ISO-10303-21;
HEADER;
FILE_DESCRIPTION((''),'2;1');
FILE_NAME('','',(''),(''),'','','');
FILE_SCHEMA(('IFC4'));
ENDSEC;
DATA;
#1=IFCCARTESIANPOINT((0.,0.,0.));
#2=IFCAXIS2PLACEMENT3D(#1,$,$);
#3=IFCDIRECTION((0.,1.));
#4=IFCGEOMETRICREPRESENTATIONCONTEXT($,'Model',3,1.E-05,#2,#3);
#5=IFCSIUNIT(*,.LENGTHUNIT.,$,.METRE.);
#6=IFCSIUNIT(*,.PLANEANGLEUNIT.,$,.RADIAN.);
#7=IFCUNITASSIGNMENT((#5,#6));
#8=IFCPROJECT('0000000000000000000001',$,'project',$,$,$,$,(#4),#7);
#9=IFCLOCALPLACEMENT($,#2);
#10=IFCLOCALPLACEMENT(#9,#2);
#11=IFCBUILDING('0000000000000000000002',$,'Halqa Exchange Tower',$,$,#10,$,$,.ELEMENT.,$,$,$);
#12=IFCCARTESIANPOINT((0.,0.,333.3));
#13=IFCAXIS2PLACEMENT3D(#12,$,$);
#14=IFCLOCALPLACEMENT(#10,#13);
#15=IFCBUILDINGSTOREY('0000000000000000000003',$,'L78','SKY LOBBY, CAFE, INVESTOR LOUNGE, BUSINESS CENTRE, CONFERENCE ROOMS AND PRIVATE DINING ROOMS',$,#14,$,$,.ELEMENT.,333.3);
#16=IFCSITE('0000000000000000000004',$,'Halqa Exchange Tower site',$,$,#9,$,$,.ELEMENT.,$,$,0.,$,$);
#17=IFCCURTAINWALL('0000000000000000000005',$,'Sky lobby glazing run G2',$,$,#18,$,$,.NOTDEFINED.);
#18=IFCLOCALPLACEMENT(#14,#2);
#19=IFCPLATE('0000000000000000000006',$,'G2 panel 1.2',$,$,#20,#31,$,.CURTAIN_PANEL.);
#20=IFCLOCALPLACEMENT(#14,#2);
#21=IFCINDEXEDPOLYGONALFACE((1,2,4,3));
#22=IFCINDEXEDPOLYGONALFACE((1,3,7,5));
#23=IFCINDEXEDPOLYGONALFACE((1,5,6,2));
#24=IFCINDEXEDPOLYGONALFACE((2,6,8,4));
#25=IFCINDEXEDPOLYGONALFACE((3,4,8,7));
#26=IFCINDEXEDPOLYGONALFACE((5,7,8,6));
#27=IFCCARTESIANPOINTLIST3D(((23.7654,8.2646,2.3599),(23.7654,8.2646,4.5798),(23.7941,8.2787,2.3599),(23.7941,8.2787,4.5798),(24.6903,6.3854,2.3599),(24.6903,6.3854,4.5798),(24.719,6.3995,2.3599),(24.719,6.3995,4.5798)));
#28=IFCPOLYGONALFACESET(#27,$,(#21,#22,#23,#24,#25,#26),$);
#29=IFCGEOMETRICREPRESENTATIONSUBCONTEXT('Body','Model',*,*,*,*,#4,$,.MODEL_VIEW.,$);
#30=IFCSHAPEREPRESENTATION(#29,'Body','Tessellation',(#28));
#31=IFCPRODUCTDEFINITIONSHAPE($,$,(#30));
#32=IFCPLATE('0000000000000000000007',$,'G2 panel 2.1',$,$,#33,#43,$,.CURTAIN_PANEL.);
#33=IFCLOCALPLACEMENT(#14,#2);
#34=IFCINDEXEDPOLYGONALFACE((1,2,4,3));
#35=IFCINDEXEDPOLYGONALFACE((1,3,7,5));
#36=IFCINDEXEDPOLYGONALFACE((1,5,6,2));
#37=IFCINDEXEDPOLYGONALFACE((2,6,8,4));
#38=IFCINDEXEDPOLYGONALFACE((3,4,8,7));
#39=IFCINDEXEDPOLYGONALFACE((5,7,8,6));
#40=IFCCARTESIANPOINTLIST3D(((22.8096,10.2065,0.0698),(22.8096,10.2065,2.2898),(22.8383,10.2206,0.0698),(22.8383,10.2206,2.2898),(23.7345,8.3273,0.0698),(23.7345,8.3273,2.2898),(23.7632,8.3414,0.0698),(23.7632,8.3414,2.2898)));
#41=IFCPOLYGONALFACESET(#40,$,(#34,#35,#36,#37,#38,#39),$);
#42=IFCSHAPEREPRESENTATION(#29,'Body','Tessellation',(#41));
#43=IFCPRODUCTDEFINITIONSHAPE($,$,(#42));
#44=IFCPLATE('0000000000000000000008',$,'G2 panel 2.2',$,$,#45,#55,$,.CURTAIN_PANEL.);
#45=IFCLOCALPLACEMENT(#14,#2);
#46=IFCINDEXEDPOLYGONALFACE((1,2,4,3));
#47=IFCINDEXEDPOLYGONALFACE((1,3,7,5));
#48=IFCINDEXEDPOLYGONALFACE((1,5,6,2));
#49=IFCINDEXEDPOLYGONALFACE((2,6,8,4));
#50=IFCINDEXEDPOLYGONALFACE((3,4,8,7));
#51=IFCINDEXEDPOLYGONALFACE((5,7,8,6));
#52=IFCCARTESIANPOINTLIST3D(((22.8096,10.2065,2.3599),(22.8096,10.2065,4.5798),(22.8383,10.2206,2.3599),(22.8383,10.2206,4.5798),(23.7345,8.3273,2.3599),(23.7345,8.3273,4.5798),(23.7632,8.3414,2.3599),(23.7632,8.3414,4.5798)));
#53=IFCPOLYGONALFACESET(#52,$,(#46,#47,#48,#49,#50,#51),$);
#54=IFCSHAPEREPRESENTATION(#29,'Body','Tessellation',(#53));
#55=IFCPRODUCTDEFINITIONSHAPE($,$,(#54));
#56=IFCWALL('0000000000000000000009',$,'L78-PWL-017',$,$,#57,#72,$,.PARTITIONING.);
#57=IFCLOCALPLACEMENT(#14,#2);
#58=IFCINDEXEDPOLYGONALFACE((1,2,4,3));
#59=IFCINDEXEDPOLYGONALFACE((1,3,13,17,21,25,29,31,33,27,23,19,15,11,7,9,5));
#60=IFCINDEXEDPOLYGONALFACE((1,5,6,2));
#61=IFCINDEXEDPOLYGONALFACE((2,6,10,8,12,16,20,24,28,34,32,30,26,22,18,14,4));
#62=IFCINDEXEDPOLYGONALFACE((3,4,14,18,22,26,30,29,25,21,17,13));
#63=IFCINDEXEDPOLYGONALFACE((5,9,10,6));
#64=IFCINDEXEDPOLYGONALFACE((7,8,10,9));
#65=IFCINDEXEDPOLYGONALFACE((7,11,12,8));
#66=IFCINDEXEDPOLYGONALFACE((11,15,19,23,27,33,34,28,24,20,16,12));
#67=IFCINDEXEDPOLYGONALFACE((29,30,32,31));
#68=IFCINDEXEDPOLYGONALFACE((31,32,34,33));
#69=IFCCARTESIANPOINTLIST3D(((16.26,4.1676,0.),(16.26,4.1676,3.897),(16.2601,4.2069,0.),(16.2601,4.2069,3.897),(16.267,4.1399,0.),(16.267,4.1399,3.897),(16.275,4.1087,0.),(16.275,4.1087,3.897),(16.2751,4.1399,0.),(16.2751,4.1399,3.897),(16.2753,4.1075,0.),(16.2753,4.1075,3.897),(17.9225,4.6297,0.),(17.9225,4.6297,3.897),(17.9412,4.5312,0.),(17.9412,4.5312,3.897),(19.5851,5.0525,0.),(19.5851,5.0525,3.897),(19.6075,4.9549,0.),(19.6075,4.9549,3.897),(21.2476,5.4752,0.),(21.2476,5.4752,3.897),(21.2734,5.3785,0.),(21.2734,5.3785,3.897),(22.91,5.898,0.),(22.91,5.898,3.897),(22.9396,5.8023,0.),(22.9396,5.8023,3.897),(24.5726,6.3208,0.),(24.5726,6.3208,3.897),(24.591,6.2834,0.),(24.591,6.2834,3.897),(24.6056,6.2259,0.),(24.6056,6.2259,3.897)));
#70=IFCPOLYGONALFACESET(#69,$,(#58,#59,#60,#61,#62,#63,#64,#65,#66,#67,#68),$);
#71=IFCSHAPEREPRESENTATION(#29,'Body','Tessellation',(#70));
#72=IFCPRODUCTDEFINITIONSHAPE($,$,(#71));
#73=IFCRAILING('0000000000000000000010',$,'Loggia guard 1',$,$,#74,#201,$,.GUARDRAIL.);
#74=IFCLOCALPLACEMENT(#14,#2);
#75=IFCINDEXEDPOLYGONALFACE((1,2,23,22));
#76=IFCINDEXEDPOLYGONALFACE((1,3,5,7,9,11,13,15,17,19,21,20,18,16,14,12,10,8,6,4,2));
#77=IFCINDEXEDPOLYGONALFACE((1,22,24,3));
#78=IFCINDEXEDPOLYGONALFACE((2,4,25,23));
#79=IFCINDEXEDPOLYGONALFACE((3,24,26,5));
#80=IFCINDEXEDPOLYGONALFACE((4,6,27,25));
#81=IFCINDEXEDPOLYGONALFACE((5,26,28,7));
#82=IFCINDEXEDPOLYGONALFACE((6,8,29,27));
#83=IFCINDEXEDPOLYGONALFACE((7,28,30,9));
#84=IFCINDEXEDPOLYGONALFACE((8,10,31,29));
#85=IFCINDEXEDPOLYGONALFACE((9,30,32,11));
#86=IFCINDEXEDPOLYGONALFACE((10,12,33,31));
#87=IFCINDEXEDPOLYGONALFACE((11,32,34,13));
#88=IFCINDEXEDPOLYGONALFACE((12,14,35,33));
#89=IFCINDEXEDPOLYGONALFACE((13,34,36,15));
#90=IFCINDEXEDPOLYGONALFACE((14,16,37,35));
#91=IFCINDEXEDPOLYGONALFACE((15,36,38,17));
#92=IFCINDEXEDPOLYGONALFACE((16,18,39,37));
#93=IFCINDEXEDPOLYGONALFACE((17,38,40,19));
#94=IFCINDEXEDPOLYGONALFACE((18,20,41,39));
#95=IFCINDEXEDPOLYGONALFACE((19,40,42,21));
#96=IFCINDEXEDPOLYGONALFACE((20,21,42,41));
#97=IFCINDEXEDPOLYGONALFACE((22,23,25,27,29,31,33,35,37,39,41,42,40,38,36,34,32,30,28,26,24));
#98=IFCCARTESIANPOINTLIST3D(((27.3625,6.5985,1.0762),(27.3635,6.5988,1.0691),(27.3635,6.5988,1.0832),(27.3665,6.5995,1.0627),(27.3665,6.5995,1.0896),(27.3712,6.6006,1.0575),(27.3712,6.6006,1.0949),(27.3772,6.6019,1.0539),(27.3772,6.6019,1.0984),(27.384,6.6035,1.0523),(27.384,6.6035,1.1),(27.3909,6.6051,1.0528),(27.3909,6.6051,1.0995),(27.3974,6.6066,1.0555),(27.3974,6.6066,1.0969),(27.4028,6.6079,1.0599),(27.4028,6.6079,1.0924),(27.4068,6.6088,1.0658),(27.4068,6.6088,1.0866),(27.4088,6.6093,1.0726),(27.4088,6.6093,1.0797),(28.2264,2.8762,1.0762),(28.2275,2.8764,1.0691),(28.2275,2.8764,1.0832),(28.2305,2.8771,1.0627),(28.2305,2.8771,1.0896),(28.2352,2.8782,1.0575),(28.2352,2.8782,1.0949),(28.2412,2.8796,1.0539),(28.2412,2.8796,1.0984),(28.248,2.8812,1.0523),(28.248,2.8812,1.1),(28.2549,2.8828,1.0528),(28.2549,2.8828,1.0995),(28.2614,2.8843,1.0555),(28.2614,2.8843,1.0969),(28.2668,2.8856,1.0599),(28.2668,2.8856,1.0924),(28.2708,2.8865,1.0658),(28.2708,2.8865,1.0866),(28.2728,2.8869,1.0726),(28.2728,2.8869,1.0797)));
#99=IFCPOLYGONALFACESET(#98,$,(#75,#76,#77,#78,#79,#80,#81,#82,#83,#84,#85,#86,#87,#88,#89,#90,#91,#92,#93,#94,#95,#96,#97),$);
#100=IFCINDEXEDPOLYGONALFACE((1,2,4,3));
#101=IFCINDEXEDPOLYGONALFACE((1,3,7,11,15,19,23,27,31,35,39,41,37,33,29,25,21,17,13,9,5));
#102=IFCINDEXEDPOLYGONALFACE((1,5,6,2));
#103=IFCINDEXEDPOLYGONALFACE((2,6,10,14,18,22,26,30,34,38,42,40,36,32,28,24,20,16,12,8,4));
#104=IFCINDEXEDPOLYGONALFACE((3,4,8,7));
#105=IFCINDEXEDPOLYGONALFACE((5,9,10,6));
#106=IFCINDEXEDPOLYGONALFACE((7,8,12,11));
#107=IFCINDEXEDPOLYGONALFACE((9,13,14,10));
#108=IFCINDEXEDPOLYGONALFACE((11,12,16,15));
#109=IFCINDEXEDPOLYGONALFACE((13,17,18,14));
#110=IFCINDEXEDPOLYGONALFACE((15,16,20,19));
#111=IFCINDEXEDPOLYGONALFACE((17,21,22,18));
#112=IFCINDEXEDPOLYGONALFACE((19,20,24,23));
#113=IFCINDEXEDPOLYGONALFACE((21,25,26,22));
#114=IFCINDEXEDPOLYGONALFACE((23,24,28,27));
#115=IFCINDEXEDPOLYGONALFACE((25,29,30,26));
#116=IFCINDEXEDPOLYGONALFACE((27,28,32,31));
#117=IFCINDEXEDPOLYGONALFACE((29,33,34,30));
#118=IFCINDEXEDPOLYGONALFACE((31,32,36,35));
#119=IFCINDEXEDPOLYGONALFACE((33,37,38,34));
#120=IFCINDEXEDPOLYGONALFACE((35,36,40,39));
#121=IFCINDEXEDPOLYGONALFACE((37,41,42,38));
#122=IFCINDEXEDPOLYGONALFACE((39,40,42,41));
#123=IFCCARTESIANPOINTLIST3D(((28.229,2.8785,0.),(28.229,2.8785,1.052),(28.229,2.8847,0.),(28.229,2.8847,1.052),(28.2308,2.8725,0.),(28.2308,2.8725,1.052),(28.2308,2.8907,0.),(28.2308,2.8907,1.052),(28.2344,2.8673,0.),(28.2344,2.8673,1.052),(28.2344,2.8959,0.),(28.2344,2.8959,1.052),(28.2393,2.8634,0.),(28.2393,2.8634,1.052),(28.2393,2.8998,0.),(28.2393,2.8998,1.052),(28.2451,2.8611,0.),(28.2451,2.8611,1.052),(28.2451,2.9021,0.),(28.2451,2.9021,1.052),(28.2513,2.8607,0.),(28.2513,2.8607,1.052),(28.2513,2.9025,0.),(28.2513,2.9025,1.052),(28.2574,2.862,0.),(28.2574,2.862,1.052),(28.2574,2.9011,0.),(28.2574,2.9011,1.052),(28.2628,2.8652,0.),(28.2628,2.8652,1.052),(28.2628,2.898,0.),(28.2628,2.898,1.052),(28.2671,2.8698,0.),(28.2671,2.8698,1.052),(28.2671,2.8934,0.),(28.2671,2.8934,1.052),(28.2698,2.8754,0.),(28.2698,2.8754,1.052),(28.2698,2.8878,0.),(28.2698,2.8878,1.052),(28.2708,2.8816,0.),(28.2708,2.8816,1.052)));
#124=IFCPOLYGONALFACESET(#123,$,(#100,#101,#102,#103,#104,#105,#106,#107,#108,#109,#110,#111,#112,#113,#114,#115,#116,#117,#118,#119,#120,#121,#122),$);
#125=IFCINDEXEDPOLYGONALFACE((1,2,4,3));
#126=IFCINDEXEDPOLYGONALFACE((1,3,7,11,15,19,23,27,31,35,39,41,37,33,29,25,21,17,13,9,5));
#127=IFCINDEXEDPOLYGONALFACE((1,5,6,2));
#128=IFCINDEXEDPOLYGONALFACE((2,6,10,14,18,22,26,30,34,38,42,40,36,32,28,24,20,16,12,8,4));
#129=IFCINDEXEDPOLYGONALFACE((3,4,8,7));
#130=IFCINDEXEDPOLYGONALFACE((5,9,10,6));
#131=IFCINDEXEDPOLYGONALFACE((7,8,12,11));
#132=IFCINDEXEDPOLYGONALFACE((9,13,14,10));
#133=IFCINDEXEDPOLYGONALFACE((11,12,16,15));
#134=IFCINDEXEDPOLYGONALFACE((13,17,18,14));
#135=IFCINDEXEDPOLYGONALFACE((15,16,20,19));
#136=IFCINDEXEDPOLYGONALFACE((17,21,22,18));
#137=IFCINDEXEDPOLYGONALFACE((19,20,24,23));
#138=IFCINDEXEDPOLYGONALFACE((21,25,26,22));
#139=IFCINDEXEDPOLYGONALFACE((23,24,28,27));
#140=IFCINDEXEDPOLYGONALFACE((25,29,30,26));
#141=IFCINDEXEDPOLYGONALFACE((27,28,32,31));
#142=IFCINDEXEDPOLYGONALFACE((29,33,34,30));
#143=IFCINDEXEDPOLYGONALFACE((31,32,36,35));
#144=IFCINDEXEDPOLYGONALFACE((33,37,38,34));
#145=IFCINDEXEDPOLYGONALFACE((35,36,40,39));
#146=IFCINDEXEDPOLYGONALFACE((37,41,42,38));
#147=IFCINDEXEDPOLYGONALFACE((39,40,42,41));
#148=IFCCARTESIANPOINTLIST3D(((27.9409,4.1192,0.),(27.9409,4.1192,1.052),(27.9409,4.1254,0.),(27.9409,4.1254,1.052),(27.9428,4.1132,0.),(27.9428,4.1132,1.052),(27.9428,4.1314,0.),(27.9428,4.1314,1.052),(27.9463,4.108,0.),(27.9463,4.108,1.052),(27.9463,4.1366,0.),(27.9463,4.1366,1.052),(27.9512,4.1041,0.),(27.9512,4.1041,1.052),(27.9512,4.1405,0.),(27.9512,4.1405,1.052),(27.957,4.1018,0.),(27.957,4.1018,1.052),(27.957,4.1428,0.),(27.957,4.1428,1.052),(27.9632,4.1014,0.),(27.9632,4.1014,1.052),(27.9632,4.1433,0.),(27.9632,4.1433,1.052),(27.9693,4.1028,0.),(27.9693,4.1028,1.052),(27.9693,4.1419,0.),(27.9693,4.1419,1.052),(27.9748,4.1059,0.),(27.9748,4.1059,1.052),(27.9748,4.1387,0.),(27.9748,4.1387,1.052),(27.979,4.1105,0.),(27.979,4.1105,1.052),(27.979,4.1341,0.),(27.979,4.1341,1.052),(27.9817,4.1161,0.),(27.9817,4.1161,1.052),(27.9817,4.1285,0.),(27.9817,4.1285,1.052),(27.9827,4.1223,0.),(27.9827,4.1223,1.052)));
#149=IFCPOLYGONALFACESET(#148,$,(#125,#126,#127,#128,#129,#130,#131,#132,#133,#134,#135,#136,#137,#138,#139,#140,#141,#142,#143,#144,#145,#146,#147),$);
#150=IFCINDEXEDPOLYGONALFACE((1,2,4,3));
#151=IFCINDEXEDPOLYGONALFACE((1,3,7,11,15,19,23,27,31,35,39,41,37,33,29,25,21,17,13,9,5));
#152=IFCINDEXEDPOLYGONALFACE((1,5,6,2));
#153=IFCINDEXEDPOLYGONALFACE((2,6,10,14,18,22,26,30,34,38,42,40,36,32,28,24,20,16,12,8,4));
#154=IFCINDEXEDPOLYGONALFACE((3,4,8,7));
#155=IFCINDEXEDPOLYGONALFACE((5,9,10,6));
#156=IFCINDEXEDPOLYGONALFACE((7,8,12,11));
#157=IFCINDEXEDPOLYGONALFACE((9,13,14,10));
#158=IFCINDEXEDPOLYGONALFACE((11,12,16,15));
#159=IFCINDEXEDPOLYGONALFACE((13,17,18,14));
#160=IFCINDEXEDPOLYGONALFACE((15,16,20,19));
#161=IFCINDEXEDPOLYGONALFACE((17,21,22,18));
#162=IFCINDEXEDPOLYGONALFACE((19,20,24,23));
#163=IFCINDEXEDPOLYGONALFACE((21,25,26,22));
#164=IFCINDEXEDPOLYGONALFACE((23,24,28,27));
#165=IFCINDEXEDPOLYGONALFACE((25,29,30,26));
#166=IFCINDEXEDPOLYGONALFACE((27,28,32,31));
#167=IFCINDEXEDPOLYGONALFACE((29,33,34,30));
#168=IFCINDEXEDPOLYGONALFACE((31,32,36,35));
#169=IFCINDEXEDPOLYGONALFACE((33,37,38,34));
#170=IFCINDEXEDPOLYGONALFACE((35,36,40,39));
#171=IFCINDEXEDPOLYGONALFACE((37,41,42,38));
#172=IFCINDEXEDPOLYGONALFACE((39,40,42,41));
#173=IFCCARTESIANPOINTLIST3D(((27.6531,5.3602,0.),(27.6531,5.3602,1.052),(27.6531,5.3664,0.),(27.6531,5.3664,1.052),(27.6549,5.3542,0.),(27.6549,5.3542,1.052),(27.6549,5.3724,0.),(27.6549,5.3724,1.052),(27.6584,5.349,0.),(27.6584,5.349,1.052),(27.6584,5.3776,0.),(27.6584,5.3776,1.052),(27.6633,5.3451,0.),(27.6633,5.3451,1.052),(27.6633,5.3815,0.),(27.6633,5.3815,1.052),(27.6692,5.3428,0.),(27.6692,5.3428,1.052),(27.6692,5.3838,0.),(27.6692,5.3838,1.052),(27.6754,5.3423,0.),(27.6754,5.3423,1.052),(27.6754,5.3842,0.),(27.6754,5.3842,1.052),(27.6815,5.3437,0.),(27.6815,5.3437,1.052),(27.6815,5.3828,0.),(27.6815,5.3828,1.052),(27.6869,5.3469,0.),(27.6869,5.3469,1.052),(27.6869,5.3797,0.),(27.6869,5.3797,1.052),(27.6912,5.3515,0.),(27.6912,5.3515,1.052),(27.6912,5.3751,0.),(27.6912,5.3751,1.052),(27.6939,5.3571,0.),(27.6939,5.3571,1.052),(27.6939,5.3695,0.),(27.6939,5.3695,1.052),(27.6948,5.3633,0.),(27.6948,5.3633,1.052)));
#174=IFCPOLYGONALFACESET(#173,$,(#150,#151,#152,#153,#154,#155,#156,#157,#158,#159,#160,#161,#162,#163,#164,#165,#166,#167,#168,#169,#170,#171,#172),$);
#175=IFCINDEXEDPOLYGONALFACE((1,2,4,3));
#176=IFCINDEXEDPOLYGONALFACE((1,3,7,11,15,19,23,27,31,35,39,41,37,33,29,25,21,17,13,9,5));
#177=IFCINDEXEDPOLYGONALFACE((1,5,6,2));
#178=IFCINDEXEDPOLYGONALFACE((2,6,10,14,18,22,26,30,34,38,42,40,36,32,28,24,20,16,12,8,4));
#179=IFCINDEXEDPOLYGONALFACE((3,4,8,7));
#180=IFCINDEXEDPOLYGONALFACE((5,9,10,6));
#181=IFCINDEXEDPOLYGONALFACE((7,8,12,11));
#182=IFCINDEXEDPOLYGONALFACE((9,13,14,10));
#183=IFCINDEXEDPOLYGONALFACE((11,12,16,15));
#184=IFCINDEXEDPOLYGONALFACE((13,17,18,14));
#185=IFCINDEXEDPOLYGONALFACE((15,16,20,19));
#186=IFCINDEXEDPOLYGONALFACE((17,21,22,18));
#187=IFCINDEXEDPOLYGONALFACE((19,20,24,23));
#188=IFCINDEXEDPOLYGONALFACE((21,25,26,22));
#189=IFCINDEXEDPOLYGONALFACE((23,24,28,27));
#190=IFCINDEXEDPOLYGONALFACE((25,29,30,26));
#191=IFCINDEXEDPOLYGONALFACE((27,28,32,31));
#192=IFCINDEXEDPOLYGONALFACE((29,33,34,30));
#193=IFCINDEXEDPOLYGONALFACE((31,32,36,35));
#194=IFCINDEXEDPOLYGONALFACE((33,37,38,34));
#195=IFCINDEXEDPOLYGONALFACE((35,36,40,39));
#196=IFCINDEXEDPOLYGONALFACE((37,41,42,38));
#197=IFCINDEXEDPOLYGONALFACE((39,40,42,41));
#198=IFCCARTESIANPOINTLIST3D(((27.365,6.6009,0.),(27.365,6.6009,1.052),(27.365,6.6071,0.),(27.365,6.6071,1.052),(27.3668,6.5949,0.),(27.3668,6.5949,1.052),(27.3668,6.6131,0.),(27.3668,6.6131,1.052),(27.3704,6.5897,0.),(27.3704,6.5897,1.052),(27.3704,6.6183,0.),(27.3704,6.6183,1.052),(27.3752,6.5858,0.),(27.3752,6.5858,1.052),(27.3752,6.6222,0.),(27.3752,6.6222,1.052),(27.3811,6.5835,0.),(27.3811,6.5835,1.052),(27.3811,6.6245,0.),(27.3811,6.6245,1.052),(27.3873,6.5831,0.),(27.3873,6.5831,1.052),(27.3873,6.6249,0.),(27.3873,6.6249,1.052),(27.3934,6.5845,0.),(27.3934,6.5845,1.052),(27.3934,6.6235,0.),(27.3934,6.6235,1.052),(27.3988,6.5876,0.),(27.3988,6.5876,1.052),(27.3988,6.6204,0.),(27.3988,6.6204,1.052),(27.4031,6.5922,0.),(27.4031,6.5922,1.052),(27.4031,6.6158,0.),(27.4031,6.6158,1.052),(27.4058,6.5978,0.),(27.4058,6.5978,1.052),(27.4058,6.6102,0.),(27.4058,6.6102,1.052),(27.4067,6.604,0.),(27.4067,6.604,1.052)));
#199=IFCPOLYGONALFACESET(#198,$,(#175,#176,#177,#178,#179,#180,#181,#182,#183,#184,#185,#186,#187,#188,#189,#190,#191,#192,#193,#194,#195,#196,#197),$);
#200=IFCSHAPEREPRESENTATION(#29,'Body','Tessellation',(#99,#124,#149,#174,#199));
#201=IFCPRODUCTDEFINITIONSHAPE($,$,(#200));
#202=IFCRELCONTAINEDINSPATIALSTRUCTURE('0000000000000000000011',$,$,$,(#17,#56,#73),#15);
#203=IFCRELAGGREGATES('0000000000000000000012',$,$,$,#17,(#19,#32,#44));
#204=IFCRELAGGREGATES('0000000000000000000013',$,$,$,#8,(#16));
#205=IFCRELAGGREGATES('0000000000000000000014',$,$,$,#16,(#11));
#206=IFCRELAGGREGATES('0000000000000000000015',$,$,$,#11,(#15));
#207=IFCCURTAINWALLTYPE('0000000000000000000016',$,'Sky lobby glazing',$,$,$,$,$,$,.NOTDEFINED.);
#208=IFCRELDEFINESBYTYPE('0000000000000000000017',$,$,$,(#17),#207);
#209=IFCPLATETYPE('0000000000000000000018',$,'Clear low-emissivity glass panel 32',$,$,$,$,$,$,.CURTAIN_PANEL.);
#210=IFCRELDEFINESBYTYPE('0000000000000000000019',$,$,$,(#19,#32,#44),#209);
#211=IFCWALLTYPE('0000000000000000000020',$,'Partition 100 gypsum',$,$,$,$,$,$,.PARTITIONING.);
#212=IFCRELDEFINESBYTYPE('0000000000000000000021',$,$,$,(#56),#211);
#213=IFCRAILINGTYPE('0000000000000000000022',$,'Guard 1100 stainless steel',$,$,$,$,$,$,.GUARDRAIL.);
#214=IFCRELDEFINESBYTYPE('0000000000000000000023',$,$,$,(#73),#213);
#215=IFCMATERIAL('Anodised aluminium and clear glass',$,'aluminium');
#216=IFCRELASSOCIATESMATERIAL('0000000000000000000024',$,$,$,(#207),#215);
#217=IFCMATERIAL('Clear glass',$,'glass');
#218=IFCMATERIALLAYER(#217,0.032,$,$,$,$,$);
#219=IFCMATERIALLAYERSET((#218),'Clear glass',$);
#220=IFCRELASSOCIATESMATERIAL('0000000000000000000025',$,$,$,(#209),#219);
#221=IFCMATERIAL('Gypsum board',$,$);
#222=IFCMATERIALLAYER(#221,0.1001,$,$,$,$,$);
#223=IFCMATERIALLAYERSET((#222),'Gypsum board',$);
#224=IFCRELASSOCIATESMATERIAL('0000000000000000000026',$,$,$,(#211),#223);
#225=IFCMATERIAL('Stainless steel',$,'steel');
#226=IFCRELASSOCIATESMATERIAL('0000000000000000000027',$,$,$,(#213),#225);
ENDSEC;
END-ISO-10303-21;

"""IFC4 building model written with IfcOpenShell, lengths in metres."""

from ifc_helpers import new_model, si_unit, direction, frame, origin, origin_2d, place, context, subcontext, project, spatial, polyline, rectangle, circle, outline, extrude, material, layer, layer_set, type_object, element, aggregate, save


model = new_model("IFC4")

# Units and contexts
model_context = context("Model", 3, precision=1e-05, world=origin(), true_north=direction((0.0, 1.0)))
body_context = subcontext(model_context, "Body", "Model", "MODEL_VIEW")
ifc_project = project(units=[si_unit("LENGTHUNIT", "METRE"), si_unit("PLANEANGLEUNIT", "RADIAN")], contexts=[model_context])

# Site, building, storey
site_placement = place(None, origin())
site = spatial("IfcSite", under=ifc_project, at=site_placement, Name="Halqa Exchange Tower site", CompositionType="ELEMENT", RefElevation=0.0)
building_placement = place(site_placement, origin())
building = spatial("IfcBuilding", under=site, at=building_placement, Name="Halqa Exchange Tower", CompositionType="ELEMENT")
storey_placement = place(building_placement, frame((0.0, 0.0, 333.3)))
storey = spatial("IfcBuildingStorey", under=building, at=storey_placement, Name="L78", Description="SKY LOBBY, CAFE, INVESTOR LOUNGE, BUSINESS CENTRE, CONFERENCE ROOMS AND PRIVATE DINING ROOMS", CompositionType="ELEMENT", Elevation=333.3)

# Curtain wall
ifc_material_1 = material(Name="Anodised aluminium and clear glass", Category="aluminium")
curtain_wall_type = type_object("IfcCurtainWallType", Name="Sky lobby glazing", PredefinedType="NOTDEFINED", material=ifc_material_1)
curtain_wall_1_placement = place(storey_placement, origin())
curtain_wall_1 = element("IfcCurtainWall", 1, at=curtain_wall_1_placement, inside=storey, type_object=curtain_wall_type, Name="Sky lobby glazing run G2", PredefinedType="NOTDEFINED")

# Plates
ifc_material_2 = material(Name="Clear glass", Category="glass")
ifc_layer_1 = layer(ifc_material_2, 0.032)
ifc_layer_set_1 = layer_set([ifc_layer_1], Name="Clear glass")
plate_type = type_object("IfcPlateType", Name="Clear low-emissivity glass panel 32", PredefinedType="CURTAIN_PANEL", material=ifc_layer_set_1)
plate_1_placement = place(storey_placement, frame((24.2422, 7.332, 2.3599), z_axis=(0.0, 0.0, 1.0), x_axis=(-0.441595, 0.897215, 0.0)))
plate_1 = element("IfcPlate", 2, at=plate_1_placement, type_object=plate_type, Name="G2 panel 1.2", PredefinedType="CURTAIN_PANEL", context=body_context, shape_type="SweptSolid", body=[
    extrude(rectangle(XDim=2.0945, YDim=0.032, at=origin_2d()), origin(), (0.0, 0.0, 1.0), 2.22),
])
plate_2_placement = place(storey_placement, frame((23.2864, 9.2739, 0.0698), z_axis=(0.0, 0.0, 1.0), x_axis=(-0.441595, 0.897215, 0.0)))
plate_2 = element("IfcPlate", 3, at=plate_2_placement, type_object=plate_type, Name="G2 panel 2.1", PredefinedType="CURTAIN_PANEL", context=body_context, shape_type="SweptSolid", body=[
    extrude(rectangle(XDim=2.0945, YDim=0.032, at=origin_2d()), origin(), (0.0, 0.0, 1.0), 2.22),
])
plate_3_placement = place(storey_placement, frame((23.2864, 9.2739, 2.3599), z_axis=(0.0, 0.0, 1.0), x_axis=(-0.441595, 0.897215, 0.0)))
plate_3 = element("IfcPlate", 4, at=plate_3_placement, type_object=plate_type, Name="G2 panel 2.2", PredefinedType="CURTAIN_PANEL", context=body_context, shape_type="SweptSolid", body=[
    extrude(rectangle(XDim=2.0945, YDim=0.032, at=origin_2d()), origin(), (0.0, 0.0, 1.0), 2.22),
])
aggregate(curtain_wall_1, [plate_1, plate_2, plate_3])

# Wall
ifc_material_3 = material(Name="Gypsum board")
ifc_layer_2 = layer(ifc_material_3, 0.1001)
ifc_layer_set_2 = layer_set([ifc_layer_2], Name="Gypsum board")
wall_type = type_object("IfcWallType", Name="Partition 100 gypsum", PredefinedType="PARTITIONING", material=ifc_layer_set_2)
wall_placement = place(storey_placement, frame((16.2629, 4.156, 0.0), z_axis=(0.0, 0.0, 1.0), x_axis=(0.969154, 0.246457, 0.0)))
element("IfcWall", 5, at=wall_placement, inside=storey, type_object=wall_type, Name="L78-PWL-017", PredefinedType="PARTITIONING", context=body_context, shape_type="SweptSolid", body=[
    extrude(outline(polyline([(8.5955, -0.05), (8.5955, 0.0093), (8.5869, 0.05), (6.8713, 0.05), (5.156, 0.05), (3.4407, 0.05), (1.7251, 0.05), (0.0098, 0.05), (0.0, 0.012), (0.0, -0.0166), (0.0078, -0.0186), (0.0, -0.0488), (0.0, -0.05), (1.719, -0.05), (3.4382, -0.05), (5.1572, -0.05), (6.8765, -0.05), (8.5955, -0.05)])), origin(), (0.0, 0.0, 1.0), 3.897),
])

# Railing
ifc_material_4 = material(Name="Stainless steel", Category="steel")
railing_type = type_object("IfcRailingType", Name="Guard 1100 stainless steel", PredefinedType="GUARDRAIL", material=ifc_material_4)
railing_1_placement = place(storey_placement, frame((28.2498, 2.8816, 0.0)))
element("IfcRailing", 6, at=railing_1_placement, inside=storey, type_object=railing_type, Name="Loggia guard 1", PredefinedType="GUARDRAIL", context=body_context, shape_type="SweptSolid", body=[
    extrude(circle(Radius=0.0239, at=origin_2d()), frame((0.0, 0.0, 1.0762), z_axis=(-0.2261, 0.974104, 0.0), x_axis=(-0.974104, -0.2261, 0.0)), (0.0, 0.0, 1.0), 3.8213),
    extrude(circle(Radius=0.021, at=origin_2d()), origin(), (0.0, 0.0, 1.0), 1.052),
    extrude(circle(Radius=0.021, at=origin_2d()), frame((-0.2881, 1.2407, 0.0)), (0.0, 0.0, 1.0), 1.052),
    extrude(circle(Radius=0.021, at=origin_2d()), frame((-0.5759, 2.4817, 0.0)), (0.0, 0.0, 1.0), 1.052),
    extrude(circle(Radius=0.021, at=origin_2d()), frame((-0.864, 3.7224, 0.0)), (0.0, 0.0, 1.0), 1.052),
])

save(model, "model.ifc")
